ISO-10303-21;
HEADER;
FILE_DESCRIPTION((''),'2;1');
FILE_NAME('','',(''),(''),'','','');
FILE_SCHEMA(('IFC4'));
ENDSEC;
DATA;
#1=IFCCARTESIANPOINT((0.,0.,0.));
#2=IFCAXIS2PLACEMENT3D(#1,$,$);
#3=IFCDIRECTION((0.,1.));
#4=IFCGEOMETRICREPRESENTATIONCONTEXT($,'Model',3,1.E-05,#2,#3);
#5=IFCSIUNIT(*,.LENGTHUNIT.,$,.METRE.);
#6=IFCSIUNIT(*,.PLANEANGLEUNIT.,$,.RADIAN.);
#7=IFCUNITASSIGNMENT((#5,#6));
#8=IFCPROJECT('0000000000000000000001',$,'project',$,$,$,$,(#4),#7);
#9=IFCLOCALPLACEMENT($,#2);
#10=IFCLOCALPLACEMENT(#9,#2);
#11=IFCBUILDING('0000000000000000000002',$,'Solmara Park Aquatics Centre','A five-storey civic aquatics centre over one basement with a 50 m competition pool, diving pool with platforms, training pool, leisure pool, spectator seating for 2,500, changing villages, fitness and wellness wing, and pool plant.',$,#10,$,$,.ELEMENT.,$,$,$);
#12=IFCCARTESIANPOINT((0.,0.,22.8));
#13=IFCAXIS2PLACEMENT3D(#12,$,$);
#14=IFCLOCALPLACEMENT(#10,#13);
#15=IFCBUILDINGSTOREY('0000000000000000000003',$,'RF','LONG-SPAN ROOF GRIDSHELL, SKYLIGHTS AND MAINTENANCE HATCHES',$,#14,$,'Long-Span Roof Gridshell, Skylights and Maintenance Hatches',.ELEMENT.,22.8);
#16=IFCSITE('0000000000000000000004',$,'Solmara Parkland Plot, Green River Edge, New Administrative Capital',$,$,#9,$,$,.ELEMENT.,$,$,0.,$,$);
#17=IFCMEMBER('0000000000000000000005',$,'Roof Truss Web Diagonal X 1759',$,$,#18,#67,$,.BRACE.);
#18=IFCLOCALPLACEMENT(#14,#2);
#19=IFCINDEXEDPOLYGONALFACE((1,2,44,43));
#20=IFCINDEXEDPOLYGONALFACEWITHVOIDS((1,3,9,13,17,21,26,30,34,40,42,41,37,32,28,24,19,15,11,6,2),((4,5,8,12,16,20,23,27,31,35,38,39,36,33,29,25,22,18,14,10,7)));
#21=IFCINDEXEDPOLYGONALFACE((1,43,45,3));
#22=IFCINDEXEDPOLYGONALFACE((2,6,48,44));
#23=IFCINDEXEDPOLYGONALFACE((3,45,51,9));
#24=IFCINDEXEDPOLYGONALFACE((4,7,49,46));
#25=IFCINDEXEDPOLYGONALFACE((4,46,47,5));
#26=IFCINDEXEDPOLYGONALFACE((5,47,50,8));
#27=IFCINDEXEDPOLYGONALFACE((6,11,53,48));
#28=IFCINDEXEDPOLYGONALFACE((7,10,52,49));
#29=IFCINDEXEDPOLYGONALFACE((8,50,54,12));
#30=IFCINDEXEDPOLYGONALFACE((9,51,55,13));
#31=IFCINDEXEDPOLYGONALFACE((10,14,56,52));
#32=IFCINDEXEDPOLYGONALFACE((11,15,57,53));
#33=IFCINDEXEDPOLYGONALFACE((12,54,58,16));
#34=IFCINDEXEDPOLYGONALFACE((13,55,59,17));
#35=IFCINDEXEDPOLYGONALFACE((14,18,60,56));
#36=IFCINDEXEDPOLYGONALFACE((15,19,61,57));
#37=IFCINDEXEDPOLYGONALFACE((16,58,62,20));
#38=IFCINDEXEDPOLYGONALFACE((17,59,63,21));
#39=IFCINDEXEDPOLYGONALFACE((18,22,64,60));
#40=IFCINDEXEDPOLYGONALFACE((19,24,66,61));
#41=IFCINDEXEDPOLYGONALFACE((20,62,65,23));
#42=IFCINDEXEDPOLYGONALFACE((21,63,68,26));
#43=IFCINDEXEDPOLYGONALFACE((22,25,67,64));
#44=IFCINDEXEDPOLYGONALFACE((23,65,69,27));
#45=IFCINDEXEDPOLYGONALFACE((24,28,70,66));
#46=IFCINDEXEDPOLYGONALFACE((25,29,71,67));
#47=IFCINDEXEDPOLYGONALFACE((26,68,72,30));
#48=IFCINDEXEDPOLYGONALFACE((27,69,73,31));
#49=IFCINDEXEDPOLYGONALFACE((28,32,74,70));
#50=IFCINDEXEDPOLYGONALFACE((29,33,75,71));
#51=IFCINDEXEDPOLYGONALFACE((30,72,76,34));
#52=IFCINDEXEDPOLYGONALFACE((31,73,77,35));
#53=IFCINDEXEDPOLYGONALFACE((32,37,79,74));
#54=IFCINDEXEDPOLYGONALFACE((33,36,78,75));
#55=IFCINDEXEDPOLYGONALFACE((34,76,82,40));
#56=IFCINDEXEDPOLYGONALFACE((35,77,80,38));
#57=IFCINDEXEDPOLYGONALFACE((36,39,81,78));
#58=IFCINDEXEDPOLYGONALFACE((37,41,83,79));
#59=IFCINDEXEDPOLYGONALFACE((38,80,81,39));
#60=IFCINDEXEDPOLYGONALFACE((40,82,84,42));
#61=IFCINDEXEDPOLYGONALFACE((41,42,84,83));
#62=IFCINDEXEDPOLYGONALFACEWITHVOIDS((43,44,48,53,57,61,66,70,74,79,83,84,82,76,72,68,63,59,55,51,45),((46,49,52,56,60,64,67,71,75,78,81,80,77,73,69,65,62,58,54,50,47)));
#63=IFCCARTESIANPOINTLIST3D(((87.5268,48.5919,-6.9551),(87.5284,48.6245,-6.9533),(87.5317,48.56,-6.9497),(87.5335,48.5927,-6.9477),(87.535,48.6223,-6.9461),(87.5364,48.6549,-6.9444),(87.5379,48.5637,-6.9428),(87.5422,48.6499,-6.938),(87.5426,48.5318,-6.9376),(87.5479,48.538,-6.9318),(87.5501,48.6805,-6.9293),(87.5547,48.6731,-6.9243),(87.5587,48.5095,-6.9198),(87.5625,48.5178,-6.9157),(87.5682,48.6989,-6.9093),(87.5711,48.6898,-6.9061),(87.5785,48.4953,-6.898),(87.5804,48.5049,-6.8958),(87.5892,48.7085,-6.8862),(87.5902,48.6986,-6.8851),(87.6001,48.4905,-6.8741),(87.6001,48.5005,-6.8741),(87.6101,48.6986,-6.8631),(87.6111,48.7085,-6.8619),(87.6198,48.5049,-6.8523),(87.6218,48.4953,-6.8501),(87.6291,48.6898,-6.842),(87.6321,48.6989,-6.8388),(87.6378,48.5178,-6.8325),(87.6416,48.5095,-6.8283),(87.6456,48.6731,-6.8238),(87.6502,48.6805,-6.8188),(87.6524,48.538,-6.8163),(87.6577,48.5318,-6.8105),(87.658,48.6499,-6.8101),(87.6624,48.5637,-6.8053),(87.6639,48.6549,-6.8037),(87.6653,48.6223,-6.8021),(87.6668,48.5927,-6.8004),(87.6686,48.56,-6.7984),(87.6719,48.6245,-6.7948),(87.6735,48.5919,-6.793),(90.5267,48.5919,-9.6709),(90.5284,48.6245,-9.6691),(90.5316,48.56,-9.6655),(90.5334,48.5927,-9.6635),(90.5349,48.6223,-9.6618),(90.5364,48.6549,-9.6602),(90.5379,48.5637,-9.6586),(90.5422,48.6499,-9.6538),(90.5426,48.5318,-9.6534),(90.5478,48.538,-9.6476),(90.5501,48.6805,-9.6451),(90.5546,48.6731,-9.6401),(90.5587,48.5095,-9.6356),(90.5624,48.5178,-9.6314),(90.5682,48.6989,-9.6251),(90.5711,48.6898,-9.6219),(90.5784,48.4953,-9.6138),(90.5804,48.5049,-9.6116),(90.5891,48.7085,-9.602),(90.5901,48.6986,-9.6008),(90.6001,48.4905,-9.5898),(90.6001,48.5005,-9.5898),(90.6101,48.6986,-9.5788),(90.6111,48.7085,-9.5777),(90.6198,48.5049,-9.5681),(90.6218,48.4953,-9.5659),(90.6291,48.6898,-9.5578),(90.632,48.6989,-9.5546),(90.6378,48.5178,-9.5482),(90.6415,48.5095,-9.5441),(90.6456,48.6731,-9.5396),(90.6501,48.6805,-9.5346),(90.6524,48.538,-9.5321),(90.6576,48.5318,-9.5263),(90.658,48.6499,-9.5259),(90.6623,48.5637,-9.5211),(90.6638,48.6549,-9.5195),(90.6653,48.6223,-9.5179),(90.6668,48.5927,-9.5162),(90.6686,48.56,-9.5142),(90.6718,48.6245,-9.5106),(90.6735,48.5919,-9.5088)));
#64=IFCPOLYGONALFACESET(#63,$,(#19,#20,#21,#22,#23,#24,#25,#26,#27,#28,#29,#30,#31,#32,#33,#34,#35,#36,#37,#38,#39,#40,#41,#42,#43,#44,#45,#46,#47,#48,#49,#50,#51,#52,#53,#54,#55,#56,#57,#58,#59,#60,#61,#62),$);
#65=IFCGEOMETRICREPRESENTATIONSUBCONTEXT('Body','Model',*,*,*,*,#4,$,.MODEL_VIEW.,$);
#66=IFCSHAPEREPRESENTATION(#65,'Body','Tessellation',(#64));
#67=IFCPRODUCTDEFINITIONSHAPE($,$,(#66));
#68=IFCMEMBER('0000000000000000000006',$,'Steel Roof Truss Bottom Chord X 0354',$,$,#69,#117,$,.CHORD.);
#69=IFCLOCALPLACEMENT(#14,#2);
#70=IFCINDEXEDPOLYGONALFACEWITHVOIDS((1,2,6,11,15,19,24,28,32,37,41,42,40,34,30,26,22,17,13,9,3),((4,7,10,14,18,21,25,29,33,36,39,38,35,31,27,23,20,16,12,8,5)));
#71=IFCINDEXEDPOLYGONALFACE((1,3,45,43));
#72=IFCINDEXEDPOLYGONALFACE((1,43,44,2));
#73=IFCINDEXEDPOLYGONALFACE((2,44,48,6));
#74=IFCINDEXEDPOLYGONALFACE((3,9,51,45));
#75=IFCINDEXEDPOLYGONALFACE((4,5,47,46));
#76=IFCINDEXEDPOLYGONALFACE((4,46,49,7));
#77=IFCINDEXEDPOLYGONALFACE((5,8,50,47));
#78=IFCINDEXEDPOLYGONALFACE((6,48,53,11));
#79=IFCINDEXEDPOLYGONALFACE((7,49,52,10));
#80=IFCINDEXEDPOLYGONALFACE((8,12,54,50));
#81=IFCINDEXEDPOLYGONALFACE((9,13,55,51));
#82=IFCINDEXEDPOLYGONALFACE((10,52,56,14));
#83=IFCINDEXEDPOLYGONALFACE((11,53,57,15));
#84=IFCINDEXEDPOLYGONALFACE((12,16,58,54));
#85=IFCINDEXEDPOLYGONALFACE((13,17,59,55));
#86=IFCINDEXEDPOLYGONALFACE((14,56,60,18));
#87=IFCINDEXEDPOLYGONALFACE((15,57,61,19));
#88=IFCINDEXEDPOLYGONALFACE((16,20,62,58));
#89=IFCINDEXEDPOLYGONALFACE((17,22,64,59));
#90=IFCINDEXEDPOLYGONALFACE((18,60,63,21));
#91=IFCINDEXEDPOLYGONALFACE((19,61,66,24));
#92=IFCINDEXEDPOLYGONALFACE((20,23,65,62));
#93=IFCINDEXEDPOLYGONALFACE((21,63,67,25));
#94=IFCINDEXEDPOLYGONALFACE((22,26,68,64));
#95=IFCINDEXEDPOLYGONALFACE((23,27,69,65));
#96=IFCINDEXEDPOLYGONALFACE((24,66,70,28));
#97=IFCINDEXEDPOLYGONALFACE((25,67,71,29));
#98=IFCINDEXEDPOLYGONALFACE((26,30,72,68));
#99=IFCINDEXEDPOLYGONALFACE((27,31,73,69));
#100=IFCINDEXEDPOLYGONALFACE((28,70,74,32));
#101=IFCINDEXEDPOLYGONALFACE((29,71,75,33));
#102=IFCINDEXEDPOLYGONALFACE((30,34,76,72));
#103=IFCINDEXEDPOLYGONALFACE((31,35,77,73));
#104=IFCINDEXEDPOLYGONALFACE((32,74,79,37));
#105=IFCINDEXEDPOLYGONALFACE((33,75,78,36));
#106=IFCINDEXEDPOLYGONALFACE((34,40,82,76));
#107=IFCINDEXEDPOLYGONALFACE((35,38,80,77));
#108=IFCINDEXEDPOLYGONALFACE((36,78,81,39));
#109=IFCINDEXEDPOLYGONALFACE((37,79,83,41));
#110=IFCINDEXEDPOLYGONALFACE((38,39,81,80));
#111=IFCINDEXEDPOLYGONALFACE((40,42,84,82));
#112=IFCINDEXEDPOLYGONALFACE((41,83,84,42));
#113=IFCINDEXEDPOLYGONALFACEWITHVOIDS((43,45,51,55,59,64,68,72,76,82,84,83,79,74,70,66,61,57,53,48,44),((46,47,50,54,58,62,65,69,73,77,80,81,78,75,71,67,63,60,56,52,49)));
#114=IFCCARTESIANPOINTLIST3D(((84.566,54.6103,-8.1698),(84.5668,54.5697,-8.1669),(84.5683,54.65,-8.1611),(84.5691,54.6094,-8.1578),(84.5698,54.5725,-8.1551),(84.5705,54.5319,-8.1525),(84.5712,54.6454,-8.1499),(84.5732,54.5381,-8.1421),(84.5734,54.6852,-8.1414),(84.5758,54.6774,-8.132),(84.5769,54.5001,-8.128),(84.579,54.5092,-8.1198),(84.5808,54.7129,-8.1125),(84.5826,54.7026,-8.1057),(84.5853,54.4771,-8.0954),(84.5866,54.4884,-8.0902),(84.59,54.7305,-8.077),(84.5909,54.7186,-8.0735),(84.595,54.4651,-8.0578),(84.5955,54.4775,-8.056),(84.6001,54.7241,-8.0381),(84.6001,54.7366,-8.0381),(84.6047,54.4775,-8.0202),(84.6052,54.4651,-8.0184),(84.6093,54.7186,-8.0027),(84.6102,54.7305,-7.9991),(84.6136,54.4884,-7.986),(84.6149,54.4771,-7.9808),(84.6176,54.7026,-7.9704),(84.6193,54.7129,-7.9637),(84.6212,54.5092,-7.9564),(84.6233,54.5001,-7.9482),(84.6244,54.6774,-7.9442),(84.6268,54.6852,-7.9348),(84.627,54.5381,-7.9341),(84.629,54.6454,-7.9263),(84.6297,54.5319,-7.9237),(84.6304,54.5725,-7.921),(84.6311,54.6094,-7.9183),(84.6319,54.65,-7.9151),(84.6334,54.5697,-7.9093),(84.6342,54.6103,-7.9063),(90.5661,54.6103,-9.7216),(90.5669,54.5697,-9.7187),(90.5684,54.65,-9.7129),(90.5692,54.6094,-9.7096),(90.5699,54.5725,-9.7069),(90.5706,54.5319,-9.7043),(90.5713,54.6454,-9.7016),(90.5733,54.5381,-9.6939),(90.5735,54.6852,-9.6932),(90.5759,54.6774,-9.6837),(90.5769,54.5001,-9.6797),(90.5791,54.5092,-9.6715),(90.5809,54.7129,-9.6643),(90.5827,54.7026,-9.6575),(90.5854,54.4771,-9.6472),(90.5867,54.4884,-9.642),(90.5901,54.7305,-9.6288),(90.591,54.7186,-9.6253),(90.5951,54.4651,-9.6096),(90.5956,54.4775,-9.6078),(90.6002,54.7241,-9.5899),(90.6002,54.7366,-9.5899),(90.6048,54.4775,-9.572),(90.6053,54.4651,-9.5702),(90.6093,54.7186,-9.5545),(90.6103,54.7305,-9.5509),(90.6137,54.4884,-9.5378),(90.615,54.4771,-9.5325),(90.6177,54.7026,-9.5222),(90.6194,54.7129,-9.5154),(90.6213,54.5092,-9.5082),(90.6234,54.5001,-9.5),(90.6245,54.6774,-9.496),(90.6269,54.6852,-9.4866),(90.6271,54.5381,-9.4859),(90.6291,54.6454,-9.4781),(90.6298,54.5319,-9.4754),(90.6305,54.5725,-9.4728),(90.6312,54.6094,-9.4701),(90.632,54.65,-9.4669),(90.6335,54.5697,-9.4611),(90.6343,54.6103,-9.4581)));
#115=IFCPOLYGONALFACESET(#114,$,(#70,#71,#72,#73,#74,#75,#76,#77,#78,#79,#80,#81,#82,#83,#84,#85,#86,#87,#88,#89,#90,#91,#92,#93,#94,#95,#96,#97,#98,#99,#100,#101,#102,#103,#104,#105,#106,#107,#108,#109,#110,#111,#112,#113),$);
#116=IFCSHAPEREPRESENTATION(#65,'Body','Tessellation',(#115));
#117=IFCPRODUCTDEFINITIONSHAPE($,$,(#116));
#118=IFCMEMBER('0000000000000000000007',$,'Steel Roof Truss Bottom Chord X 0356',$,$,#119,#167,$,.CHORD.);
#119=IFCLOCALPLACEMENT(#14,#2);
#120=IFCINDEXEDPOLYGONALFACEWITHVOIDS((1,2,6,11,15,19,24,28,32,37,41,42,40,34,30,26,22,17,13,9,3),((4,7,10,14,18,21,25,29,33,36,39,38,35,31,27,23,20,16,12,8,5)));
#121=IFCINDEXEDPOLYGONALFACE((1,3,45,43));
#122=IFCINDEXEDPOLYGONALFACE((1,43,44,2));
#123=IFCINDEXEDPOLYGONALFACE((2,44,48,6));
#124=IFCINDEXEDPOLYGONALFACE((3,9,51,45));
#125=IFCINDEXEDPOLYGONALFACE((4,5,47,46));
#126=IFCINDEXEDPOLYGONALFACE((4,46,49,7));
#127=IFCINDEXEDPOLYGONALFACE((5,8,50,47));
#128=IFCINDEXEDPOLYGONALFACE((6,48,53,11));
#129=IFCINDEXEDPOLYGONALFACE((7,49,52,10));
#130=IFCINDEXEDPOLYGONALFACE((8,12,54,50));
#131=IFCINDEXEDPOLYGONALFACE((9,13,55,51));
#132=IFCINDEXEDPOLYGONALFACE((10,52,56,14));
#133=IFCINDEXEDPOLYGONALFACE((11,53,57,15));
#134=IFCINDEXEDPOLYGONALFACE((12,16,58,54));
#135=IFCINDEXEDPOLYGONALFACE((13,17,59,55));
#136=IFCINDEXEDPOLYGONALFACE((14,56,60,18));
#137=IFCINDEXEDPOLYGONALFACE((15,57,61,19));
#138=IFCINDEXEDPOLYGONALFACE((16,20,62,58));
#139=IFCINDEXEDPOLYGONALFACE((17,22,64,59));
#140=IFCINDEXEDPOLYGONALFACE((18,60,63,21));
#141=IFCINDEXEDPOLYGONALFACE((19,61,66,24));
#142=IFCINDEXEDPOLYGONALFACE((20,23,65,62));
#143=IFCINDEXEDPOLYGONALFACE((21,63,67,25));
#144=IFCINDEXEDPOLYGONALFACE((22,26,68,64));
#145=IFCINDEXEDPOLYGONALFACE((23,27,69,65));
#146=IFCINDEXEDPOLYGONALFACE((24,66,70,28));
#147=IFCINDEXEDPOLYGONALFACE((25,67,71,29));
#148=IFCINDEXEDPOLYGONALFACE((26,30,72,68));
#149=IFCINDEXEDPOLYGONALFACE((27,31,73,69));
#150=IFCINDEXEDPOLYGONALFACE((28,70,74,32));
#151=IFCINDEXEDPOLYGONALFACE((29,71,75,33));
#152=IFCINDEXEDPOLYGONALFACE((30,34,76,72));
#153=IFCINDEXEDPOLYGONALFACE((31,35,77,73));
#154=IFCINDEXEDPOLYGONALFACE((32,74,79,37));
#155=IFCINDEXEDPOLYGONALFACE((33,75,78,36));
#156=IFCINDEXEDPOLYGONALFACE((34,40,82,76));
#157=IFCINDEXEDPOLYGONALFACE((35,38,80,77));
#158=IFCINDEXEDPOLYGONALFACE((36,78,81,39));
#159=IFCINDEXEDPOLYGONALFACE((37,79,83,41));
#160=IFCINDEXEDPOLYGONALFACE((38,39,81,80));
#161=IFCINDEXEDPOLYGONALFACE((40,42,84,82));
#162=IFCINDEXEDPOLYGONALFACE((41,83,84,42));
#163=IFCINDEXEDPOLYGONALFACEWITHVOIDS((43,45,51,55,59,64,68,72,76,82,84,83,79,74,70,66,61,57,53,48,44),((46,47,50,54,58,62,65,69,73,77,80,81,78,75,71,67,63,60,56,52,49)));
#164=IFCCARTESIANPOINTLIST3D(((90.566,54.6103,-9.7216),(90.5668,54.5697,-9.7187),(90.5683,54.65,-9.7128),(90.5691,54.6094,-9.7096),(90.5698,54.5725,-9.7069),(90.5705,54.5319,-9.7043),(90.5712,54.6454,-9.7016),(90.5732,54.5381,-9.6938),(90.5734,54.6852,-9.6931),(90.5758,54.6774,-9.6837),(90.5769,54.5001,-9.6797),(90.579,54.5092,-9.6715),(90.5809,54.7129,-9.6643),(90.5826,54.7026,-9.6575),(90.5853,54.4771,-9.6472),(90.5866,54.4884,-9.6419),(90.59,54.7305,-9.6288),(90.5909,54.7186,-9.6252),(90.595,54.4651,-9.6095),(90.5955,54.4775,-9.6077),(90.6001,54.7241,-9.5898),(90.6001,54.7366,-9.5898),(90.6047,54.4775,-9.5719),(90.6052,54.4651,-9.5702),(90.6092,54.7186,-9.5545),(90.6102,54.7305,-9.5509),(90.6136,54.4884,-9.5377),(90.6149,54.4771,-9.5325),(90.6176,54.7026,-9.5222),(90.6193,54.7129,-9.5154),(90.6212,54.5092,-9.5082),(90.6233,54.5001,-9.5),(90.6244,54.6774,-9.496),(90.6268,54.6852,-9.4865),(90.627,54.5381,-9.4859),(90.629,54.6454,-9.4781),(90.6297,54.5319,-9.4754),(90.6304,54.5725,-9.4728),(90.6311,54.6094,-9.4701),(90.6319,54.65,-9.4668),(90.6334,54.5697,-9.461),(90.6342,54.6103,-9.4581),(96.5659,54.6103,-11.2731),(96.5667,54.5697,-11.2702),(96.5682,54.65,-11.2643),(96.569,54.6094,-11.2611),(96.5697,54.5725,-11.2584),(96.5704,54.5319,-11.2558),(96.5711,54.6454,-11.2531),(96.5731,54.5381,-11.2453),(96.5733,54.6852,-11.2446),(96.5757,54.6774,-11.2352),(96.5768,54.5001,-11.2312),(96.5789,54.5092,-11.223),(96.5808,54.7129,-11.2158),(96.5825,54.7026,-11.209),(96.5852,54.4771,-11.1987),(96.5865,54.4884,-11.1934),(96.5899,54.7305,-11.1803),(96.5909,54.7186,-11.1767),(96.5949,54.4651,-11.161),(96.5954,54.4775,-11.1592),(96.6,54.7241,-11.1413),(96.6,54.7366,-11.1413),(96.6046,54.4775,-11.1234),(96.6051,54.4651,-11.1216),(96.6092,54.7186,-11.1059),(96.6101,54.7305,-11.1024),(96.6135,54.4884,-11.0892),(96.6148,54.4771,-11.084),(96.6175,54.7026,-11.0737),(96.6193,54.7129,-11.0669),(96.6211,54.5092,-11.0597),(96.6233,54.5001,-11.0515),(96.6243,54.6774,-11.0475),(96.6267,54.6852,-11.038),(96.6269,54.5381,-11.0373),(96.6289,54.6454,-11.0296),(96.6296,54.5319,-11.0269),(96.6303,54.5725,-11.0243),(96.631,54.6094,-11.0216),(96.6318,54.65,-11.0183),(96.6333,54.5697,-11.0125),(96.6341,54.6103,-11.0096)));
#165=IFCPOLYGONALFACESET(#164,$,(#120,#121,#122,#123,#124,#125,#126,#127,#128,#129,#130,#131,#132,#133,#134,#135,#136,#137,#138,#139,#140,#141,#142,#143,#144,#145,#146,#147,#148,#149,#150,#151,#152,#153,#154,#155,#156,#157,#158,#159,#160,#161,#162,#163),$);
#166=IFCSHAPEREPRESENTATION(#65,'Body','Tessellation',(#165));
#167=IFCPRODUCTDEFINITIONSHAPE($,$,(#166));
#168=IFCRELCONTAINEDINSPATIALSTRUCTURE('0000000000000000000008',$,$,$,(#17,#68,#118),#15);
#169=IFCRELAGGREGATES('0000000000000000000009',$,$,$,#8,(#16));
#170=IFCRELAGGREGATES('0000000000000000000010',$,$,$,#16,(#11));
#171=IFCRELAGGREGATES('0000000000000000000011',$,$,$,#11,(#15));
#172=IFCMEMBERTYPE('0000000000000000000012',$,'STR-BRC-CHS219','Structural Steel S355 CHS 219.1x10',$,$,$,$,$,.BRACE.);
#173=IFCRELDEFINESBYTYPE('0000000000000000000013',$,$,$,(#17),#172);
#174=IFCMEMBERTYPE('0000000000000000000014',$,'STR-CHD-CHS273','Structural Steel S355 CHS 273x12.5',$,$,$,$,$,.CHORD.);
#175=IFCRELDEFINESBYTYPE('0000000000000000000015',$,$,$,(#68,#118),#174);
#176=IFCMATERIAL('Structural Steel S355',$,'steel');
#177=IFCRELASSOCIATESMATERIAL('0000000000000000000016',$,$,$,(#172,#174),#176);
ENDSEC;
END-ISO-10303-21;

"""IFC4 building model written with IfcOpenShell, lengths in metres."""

from ifc_helpers import new_model, si_unit, direction, frame, origin, origin_2d, place, context, subcontext, project, spatial, hollow_circle, extrude, material, material_profile, profile_set, type_object, element, save


model = new_model("IFC4")

# Units and contexts
model_context = context("Model", 3, precision=1e-05, world=origin(), true_north=direction((0.0, 1.0)))
body_context = subcontext(model_context, "Body", "Model", "MODEL_VIEW")
ifc_project = project(units=[si_unit("LENGTHUNIT", "METRE"), si_unit("PLANEANGLEUNIT", "RADIAN")], contexts=[model_context])

# Site, building, storey
site_placement = place(None, origin())
site = spatial("IfcSite", under=ifc_project, at=site_placement, Name="Solmara Parkland Plot, Green River Edge, New Administrative Capital", CompositionType="ELEMENT", RefElevation=0.0)
building_placement = place(site_placement, origin())
building = spatial("IfcBuilding", under=site, at=building_placement, Name="Solmara Park Aquatics Centre", Description="A five-storey civic aquatics centre over one basement with a 50 m competition pool, diving pool with platforms, training pool, leisure pool, spectator seating for 2,500, changing villages, fitness and wellness wing, and pool plant.", CompositionType="ELEMENT")
storey_placement = place(building_placement, frame((0.0, 0.0, 22.8)))
storey = spatial("IfcBuildingStorey", under=building, at=storey_placement, Name="RF", Description="LONG-SPAN ROOF GRIDSHELL, SKYLIGHTS AND MAINTENANCE HATCHES", LongName="Long-Span Roof Gridshell, Skylights and Maintenance Hatches", CompositionType="ELEMENT", Elevation=22.8)

# Members
ifc_material_1 = material(Name="Structural Steel S355", Category="steel")
ifc_material_profile_1 = material_profile(ifc_material_1, hollow_circle(Radius=0.1096, WallThickness=0.01, at=origin_2d()), Name="CHS 219.1x10")
ifc_profile_set_1 = profile_set([ifc_material_profile_1], Name="Structural Steel S355")
member_type_1 = type_object("IfcMemberType", Name="STR-BRC-CHS219", Description="Structural Steel S355 CHS 219.1x10", PredefinedType="BRACE", material=ifc_profile_set_1)
member_1_placement = place(storey_placement, frame((90.6001, 48.6001, -9.5898), z_axis=(-0.741347, 0.0, 0.671122), x_axis=(0.0, -1.0, 0.0)))
element("IfcMember", 1, at=member_1_placement, inside=storey, type_object=member_type_1, Name="Roof Truss Web Diagonal X 1759", PredefinedType="BRACE", context=body_context, shape_type="SweptSolid", body=[
    extrude(hollow_circle(Radius=0.1096, WallThickness=0.01, at=origin_2d()), origin(), (0.0, 0.0, 1.0), 4.0466),
])
ifc_material_profile_2 = material_profile(ifc_material_1, hollow_circle(Radius=0.1365, WallThickness=0.0125, at=origin_2d()), Name="CHS 273x12.5")
ifc_profile_set_2 = profile_set([ifc_material_profile_2], Name="Structural Steel S355")
member_type_2 = type_object("IfcMemberType", Name="STR-CHD-CHS273", Description="Structural Steel S355 CHS 273x12.5", PredefinedType="CHORD", material=ifc_profile_set_2)
member_2_placement = place(storey_placement, frame((84.6001, 54.6001, -8.0381), z_axis=(0.968146, 0.0, -0.250388), x_axis=(0.0, 1.0, 0.0)))
element("IfcMember", 2, at=member_2_placement, inside=storey, type_object=member_type_2, Name="Steel Roof Truss Bottom Chord X 0354", PredefinedType="CHORD", context=body_context, shape_type="SweptSolid", body=[
    extrude(hollow_circle(Radius=0.1365, WallThickness=0.0125, at=origin_2d()), origin(), (0.0, 0.0, 1.0), 6.1975),
])
member_3_placement = place(storey_placement, frame((90.6001, 54.6001, -9.5898), z_axis=(0.968155, 0.0, -0.250351), x_axis=(0.0, 1.0, 0.0)))
element("IfcMember", 3, at=member_3_placement, inside=storey, type_object=member_type_2, Name="Steel Roof Truss Bottom Chord X 0356", PredefinedType="CHORD", context=body_context, shape_type="SweptSolid", body=[
    extrude(hollow_circle(Radius=0.1365, WallThickness=0.0125, at=origin_2d()), origin(), (0.0, 0.0, 1.0), 6.1973),
])

save(model, "model.ifc")
